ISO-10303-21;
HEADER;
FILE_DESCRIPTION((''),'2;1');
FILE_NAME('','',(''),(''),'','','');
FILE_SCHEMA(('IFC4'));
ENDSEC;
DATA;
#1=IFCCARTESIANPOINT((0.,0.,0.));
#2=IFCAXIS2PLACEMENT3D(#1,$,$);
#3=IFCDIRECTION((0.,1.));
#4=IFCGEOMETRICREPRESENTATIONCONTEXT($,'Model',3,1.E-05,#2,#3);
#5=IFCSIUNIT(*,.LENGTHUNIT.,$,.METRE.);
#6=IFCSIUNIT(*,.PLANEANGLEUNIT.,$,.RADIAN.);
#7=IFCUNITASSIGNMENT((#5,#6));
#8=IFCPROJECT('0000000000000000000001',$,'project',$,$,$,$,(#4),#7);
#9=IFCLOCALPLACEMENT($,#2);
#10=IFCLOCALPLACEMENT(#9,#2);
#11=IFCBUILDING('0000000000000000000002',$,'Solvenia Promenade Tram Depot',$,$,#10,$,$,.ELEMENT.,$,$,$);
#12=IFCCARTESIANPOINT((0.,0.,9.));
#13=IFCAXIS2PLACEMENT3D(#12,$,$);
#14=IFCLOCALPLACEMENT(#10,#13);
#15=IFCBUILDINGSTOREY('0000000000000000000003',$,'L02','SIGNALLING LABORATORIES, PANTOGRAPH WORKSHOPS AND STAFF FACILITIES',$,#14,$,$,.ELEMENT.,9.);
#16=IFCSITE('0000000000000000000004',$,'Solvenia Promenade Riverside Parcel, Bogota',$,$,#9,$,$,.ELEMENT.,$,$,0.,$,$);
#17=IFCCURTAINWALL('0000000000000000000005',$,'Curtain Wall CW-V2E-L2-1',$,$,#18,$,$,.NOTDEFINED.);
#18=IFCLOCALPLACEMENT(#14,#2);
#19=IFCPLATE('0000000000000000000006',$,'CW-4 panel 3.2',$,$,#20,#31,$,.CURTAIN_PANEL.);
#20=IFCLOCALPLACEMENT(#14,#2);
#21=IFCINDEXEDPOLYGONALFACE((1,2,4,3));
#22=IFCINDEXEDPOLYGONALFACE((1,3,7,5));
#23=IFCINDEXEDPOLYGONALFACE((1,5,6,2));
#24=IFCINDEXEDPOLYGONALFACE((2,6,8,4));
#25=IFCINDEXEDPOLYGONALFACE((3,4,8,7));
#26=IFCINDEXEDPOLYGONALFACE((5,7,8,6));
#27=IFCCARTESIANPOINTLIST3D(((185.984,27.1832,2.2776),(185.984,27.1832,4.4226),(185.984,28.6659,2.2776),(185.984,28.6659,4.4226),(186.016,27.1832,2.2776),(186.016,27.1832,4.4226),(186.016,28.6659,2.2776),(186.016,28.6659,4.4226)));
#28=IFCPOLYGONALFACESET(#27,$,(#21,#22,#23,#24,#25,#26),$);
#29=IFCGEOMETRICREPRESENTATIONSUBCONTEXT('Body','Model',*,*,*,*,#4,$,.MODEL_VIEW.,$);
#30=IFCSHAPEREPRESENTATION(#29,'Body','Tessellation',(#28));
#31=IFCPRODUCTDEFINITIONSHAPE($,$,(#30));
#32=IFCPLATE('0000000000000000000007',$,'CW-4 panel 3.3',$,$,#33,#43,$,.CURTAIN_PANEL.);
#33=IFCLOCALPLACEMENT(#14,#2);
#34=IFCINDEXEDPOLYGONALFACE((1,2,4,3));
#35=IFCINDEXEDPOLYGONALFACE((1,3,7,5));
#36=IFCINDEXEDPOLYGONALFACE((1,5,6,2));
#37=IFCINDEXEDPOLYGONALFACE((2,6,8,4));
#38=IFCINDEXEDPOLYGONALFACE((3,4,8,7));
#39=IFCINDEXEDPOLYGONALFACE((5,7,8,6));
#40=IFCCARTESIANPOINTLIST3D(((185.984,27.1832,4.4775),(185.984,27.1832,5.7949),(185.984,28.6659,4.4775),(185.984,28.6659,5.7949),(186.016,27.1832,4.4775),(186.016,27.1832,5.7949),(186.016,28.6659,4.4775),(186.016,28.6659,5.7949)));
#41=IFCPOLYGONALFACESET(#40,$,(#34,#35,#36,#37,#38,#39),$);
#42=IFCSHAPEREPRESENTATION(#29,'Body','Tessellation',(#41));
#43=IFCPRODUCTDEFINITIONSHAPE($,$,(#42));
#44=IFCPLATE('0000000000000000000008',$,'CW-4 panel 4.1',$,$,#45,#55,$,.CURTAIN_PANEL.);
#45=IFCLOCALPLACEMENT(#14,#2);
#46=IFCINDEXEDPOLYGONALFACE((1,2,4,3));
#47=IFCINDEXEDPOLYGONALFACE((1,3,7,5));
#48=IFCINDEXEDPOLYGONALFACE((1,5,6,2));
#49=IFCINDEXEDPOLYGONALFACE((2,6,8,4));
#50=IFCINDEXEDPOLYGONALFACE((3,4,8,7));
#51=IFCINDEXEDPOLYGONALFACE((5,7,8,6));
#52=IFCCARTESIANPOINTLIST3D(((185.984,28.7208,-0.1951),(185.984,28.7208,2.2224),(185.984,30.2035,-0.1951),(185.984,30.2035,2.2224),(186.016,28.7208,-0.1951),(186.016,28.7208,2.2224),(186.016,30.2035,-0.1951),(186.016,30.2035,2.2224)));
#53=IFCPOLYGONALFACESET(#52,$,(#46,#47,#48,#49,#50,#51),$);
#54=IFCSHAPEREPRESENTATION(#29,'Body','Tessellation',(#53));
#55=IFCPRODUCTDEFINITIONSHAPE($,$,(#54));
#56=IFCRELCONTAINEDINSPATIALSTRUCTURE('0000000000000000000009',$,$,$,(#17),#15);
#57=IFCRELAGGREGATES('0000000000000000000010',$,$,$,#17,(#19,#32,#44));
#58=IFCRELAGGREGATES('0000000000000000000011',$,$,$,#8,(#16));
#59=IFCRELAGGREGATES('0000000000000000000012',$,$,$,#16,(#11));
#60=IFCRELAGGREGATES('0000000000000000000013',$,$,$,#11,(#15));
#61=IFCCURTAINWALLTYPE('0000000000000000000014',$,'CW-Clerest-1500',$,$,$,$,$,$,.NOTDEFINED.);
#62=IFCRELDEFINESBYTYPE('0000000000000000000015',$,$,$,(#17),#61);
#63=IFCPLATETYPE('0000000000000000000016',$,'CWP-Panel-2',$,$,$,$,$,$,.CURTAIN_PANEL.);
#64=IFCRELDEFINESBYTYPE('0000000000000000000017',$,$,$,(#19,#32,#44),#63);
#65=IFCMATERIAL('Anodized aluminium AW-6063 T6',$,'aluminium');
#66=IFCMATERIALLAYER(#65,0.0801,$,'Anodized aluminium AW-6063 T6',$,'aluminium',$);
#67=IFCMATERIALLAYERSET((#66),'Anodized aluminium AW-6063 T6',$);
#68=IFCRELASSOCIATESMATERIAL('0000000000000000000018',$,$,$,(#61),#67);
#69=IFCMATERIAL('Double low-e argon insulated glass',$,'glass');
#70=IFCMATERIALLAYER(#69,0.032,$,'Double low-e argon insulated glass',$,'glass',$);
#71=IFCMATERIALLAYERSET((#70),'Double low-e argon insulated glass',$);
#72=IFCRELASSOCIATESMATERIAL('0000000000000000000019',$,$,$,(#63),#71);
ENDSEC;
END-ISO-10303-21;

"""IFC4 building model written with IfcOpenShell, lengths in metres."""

from ifc_helpers import new_model, si_unit, direction, frame, origin, origin_2d, place, context, subcontext, project, spatial, rectangle, extrude, material, layer, layer_set, type_object, element, aggregate, save


model = new_model("IFC4")

# Units and contexts
model_context = context("Model", 3, precision=1e-05, world=origin(), true_north=direction((0.0, 1.0)))
body_context = subcontext(model_context, "Body", "Model", "MODEL_VIEW")
ifc_project = project(units=[si_unit("LENGTHUNIT", "METRE"), si_unit("PLANEANGLEUNIT", "RADIAN")], contexts=[model_context])

# Site, building, storey
site_placement = place(None, origin())
site = spatial("IfcSite", under=ifc_project, at=site_placement, Name="Solvenia Promenade Riverside Parcel, Bogota", CompositionType="ELEMENT", RefElevation=0.0)
building_placement = place(site_placement, origin())
building = spatial("IfcBuilding", under=site, at=building_placement, Name="Solvenia Promenade Tram Depot", CompositionType="ELEMENT")
storey_placement = place(building_placement, frame((0.0, 0.0, 9.0)))
storey = spatial("IfcBuildingStorey", under=building, at=storey_placement, Name="L02", Description="SIGNALLING LABORATORIES, PANTOGRAPH WORKSHOPS AND STAFF FACILITIES", CompositionType="ELEMENT", Elevation=9.0)

# Curtain wall
ifc_material_1 = material(Name="Anodized aluminium AW-6063 T6", Category="aluminium")
ifc_layer_1 = layer(ifc_material_1, 0.0801, Name="Anodized aluminium AW-6063 T6", Category="aluminium")
ifc_layer_set_1 = layer_set([ifc_layer_1], Name="Anodized aluminium AW-6063 T6")
curtain_wall_type = type_object("IfcCurtainWallType", Name="CW-Clerest-1500", PredefinedType="NOTDEFINED", material=ifc_layer_set_1)
curtain_wall_placement = place(storey_placement, origin())
curtain_wall = element("IfcCurtainWall", 1, at=curtain_wall_placement, inside=storey, type_object=curtain_wall_type, Name="Curtain Wall CW-V2E-L2-1", PredefinedType="NOTDEFINED")

# Plates
ifc_material_2 = material(Name="Double low-e argon insulated glass", Category="glass")
ifc_layer_2 = layer(ifc_material_2, 0.032, Name="Double low-e argon insulated glass", Category="glass")
ifc_layer_set_2 = layer_set([ifc_layer_2], Name="Double low-e argon insulated glass")
plate_type = type_object("IfcPlateType", Name="CWP-Panel-2", PredefinedType="CURTAIN_PANEL", material=ifc_layer_set_2)
plate_1_placement = place(storey_placement, frame((186.0, 27.9246, 2.2776), z_axis=(0.0, 0.0, 1.0), x_axis=(0.0, 1.0, 0.0)))
plate_1 = element("IfcPlate", 2, at=plate_1_placement, type_object=plate_type, Name="CW-4 panel 3.2", PredefinedType="CURTAIN_PANEL", context=body_context, shape_type="SweptSolid", body=[
    extrude(rectangle(XDim=1.4827, YDim=0.032, at=origin_2d()), origin(), (0.0, 0.0, 1.0), 2.145),
])
plate_2_placement = place(storey_placement, frame((186.0, 27.9246, 4.4775), z_axis=(0.0, 0.0, 1.0), x_axis=(0.0, 1.0, 0.0)))
plate_2 = element("IfcPlate", 3, at=plate_2_placement, type_object=plate_type, Name="CW-4 panel 3.3", PredefinedType="CURTAIN_PANEL", context=body_context, shape_type="SweptSolid", body=[
    extrude(rectangle(XDim=1.4827, YDim=0.032, at=origin_2d()), origin(), (0.0, 0.0, 1.0), 1.3174),
])
plate_3_placement = place(storey_placement, frame((186.0, 29.4622, -0.1951), z_axis=(0.0, 0.0, 1.0), x_axis=(0.0, 1.0, 0.0)))
plate_3 = element("IfcPlate", 4, at=plate_3_placement, type_object=plate_type, Name="CW-4 panel 4.1", PredefinedType="CURTAIN_PANEL", context=body_context, shape_type="SweptSolid", body=[
    extrude(rectangle(XDim=1.4827, YDim=0.032, at=origin_2d()), origin(), (0.0, 0.0, 1.0), 2.4175),
])
aggregate(curtain_wall, [plate_1, plate_2, plate_3])

save(model, "model.ifc")
